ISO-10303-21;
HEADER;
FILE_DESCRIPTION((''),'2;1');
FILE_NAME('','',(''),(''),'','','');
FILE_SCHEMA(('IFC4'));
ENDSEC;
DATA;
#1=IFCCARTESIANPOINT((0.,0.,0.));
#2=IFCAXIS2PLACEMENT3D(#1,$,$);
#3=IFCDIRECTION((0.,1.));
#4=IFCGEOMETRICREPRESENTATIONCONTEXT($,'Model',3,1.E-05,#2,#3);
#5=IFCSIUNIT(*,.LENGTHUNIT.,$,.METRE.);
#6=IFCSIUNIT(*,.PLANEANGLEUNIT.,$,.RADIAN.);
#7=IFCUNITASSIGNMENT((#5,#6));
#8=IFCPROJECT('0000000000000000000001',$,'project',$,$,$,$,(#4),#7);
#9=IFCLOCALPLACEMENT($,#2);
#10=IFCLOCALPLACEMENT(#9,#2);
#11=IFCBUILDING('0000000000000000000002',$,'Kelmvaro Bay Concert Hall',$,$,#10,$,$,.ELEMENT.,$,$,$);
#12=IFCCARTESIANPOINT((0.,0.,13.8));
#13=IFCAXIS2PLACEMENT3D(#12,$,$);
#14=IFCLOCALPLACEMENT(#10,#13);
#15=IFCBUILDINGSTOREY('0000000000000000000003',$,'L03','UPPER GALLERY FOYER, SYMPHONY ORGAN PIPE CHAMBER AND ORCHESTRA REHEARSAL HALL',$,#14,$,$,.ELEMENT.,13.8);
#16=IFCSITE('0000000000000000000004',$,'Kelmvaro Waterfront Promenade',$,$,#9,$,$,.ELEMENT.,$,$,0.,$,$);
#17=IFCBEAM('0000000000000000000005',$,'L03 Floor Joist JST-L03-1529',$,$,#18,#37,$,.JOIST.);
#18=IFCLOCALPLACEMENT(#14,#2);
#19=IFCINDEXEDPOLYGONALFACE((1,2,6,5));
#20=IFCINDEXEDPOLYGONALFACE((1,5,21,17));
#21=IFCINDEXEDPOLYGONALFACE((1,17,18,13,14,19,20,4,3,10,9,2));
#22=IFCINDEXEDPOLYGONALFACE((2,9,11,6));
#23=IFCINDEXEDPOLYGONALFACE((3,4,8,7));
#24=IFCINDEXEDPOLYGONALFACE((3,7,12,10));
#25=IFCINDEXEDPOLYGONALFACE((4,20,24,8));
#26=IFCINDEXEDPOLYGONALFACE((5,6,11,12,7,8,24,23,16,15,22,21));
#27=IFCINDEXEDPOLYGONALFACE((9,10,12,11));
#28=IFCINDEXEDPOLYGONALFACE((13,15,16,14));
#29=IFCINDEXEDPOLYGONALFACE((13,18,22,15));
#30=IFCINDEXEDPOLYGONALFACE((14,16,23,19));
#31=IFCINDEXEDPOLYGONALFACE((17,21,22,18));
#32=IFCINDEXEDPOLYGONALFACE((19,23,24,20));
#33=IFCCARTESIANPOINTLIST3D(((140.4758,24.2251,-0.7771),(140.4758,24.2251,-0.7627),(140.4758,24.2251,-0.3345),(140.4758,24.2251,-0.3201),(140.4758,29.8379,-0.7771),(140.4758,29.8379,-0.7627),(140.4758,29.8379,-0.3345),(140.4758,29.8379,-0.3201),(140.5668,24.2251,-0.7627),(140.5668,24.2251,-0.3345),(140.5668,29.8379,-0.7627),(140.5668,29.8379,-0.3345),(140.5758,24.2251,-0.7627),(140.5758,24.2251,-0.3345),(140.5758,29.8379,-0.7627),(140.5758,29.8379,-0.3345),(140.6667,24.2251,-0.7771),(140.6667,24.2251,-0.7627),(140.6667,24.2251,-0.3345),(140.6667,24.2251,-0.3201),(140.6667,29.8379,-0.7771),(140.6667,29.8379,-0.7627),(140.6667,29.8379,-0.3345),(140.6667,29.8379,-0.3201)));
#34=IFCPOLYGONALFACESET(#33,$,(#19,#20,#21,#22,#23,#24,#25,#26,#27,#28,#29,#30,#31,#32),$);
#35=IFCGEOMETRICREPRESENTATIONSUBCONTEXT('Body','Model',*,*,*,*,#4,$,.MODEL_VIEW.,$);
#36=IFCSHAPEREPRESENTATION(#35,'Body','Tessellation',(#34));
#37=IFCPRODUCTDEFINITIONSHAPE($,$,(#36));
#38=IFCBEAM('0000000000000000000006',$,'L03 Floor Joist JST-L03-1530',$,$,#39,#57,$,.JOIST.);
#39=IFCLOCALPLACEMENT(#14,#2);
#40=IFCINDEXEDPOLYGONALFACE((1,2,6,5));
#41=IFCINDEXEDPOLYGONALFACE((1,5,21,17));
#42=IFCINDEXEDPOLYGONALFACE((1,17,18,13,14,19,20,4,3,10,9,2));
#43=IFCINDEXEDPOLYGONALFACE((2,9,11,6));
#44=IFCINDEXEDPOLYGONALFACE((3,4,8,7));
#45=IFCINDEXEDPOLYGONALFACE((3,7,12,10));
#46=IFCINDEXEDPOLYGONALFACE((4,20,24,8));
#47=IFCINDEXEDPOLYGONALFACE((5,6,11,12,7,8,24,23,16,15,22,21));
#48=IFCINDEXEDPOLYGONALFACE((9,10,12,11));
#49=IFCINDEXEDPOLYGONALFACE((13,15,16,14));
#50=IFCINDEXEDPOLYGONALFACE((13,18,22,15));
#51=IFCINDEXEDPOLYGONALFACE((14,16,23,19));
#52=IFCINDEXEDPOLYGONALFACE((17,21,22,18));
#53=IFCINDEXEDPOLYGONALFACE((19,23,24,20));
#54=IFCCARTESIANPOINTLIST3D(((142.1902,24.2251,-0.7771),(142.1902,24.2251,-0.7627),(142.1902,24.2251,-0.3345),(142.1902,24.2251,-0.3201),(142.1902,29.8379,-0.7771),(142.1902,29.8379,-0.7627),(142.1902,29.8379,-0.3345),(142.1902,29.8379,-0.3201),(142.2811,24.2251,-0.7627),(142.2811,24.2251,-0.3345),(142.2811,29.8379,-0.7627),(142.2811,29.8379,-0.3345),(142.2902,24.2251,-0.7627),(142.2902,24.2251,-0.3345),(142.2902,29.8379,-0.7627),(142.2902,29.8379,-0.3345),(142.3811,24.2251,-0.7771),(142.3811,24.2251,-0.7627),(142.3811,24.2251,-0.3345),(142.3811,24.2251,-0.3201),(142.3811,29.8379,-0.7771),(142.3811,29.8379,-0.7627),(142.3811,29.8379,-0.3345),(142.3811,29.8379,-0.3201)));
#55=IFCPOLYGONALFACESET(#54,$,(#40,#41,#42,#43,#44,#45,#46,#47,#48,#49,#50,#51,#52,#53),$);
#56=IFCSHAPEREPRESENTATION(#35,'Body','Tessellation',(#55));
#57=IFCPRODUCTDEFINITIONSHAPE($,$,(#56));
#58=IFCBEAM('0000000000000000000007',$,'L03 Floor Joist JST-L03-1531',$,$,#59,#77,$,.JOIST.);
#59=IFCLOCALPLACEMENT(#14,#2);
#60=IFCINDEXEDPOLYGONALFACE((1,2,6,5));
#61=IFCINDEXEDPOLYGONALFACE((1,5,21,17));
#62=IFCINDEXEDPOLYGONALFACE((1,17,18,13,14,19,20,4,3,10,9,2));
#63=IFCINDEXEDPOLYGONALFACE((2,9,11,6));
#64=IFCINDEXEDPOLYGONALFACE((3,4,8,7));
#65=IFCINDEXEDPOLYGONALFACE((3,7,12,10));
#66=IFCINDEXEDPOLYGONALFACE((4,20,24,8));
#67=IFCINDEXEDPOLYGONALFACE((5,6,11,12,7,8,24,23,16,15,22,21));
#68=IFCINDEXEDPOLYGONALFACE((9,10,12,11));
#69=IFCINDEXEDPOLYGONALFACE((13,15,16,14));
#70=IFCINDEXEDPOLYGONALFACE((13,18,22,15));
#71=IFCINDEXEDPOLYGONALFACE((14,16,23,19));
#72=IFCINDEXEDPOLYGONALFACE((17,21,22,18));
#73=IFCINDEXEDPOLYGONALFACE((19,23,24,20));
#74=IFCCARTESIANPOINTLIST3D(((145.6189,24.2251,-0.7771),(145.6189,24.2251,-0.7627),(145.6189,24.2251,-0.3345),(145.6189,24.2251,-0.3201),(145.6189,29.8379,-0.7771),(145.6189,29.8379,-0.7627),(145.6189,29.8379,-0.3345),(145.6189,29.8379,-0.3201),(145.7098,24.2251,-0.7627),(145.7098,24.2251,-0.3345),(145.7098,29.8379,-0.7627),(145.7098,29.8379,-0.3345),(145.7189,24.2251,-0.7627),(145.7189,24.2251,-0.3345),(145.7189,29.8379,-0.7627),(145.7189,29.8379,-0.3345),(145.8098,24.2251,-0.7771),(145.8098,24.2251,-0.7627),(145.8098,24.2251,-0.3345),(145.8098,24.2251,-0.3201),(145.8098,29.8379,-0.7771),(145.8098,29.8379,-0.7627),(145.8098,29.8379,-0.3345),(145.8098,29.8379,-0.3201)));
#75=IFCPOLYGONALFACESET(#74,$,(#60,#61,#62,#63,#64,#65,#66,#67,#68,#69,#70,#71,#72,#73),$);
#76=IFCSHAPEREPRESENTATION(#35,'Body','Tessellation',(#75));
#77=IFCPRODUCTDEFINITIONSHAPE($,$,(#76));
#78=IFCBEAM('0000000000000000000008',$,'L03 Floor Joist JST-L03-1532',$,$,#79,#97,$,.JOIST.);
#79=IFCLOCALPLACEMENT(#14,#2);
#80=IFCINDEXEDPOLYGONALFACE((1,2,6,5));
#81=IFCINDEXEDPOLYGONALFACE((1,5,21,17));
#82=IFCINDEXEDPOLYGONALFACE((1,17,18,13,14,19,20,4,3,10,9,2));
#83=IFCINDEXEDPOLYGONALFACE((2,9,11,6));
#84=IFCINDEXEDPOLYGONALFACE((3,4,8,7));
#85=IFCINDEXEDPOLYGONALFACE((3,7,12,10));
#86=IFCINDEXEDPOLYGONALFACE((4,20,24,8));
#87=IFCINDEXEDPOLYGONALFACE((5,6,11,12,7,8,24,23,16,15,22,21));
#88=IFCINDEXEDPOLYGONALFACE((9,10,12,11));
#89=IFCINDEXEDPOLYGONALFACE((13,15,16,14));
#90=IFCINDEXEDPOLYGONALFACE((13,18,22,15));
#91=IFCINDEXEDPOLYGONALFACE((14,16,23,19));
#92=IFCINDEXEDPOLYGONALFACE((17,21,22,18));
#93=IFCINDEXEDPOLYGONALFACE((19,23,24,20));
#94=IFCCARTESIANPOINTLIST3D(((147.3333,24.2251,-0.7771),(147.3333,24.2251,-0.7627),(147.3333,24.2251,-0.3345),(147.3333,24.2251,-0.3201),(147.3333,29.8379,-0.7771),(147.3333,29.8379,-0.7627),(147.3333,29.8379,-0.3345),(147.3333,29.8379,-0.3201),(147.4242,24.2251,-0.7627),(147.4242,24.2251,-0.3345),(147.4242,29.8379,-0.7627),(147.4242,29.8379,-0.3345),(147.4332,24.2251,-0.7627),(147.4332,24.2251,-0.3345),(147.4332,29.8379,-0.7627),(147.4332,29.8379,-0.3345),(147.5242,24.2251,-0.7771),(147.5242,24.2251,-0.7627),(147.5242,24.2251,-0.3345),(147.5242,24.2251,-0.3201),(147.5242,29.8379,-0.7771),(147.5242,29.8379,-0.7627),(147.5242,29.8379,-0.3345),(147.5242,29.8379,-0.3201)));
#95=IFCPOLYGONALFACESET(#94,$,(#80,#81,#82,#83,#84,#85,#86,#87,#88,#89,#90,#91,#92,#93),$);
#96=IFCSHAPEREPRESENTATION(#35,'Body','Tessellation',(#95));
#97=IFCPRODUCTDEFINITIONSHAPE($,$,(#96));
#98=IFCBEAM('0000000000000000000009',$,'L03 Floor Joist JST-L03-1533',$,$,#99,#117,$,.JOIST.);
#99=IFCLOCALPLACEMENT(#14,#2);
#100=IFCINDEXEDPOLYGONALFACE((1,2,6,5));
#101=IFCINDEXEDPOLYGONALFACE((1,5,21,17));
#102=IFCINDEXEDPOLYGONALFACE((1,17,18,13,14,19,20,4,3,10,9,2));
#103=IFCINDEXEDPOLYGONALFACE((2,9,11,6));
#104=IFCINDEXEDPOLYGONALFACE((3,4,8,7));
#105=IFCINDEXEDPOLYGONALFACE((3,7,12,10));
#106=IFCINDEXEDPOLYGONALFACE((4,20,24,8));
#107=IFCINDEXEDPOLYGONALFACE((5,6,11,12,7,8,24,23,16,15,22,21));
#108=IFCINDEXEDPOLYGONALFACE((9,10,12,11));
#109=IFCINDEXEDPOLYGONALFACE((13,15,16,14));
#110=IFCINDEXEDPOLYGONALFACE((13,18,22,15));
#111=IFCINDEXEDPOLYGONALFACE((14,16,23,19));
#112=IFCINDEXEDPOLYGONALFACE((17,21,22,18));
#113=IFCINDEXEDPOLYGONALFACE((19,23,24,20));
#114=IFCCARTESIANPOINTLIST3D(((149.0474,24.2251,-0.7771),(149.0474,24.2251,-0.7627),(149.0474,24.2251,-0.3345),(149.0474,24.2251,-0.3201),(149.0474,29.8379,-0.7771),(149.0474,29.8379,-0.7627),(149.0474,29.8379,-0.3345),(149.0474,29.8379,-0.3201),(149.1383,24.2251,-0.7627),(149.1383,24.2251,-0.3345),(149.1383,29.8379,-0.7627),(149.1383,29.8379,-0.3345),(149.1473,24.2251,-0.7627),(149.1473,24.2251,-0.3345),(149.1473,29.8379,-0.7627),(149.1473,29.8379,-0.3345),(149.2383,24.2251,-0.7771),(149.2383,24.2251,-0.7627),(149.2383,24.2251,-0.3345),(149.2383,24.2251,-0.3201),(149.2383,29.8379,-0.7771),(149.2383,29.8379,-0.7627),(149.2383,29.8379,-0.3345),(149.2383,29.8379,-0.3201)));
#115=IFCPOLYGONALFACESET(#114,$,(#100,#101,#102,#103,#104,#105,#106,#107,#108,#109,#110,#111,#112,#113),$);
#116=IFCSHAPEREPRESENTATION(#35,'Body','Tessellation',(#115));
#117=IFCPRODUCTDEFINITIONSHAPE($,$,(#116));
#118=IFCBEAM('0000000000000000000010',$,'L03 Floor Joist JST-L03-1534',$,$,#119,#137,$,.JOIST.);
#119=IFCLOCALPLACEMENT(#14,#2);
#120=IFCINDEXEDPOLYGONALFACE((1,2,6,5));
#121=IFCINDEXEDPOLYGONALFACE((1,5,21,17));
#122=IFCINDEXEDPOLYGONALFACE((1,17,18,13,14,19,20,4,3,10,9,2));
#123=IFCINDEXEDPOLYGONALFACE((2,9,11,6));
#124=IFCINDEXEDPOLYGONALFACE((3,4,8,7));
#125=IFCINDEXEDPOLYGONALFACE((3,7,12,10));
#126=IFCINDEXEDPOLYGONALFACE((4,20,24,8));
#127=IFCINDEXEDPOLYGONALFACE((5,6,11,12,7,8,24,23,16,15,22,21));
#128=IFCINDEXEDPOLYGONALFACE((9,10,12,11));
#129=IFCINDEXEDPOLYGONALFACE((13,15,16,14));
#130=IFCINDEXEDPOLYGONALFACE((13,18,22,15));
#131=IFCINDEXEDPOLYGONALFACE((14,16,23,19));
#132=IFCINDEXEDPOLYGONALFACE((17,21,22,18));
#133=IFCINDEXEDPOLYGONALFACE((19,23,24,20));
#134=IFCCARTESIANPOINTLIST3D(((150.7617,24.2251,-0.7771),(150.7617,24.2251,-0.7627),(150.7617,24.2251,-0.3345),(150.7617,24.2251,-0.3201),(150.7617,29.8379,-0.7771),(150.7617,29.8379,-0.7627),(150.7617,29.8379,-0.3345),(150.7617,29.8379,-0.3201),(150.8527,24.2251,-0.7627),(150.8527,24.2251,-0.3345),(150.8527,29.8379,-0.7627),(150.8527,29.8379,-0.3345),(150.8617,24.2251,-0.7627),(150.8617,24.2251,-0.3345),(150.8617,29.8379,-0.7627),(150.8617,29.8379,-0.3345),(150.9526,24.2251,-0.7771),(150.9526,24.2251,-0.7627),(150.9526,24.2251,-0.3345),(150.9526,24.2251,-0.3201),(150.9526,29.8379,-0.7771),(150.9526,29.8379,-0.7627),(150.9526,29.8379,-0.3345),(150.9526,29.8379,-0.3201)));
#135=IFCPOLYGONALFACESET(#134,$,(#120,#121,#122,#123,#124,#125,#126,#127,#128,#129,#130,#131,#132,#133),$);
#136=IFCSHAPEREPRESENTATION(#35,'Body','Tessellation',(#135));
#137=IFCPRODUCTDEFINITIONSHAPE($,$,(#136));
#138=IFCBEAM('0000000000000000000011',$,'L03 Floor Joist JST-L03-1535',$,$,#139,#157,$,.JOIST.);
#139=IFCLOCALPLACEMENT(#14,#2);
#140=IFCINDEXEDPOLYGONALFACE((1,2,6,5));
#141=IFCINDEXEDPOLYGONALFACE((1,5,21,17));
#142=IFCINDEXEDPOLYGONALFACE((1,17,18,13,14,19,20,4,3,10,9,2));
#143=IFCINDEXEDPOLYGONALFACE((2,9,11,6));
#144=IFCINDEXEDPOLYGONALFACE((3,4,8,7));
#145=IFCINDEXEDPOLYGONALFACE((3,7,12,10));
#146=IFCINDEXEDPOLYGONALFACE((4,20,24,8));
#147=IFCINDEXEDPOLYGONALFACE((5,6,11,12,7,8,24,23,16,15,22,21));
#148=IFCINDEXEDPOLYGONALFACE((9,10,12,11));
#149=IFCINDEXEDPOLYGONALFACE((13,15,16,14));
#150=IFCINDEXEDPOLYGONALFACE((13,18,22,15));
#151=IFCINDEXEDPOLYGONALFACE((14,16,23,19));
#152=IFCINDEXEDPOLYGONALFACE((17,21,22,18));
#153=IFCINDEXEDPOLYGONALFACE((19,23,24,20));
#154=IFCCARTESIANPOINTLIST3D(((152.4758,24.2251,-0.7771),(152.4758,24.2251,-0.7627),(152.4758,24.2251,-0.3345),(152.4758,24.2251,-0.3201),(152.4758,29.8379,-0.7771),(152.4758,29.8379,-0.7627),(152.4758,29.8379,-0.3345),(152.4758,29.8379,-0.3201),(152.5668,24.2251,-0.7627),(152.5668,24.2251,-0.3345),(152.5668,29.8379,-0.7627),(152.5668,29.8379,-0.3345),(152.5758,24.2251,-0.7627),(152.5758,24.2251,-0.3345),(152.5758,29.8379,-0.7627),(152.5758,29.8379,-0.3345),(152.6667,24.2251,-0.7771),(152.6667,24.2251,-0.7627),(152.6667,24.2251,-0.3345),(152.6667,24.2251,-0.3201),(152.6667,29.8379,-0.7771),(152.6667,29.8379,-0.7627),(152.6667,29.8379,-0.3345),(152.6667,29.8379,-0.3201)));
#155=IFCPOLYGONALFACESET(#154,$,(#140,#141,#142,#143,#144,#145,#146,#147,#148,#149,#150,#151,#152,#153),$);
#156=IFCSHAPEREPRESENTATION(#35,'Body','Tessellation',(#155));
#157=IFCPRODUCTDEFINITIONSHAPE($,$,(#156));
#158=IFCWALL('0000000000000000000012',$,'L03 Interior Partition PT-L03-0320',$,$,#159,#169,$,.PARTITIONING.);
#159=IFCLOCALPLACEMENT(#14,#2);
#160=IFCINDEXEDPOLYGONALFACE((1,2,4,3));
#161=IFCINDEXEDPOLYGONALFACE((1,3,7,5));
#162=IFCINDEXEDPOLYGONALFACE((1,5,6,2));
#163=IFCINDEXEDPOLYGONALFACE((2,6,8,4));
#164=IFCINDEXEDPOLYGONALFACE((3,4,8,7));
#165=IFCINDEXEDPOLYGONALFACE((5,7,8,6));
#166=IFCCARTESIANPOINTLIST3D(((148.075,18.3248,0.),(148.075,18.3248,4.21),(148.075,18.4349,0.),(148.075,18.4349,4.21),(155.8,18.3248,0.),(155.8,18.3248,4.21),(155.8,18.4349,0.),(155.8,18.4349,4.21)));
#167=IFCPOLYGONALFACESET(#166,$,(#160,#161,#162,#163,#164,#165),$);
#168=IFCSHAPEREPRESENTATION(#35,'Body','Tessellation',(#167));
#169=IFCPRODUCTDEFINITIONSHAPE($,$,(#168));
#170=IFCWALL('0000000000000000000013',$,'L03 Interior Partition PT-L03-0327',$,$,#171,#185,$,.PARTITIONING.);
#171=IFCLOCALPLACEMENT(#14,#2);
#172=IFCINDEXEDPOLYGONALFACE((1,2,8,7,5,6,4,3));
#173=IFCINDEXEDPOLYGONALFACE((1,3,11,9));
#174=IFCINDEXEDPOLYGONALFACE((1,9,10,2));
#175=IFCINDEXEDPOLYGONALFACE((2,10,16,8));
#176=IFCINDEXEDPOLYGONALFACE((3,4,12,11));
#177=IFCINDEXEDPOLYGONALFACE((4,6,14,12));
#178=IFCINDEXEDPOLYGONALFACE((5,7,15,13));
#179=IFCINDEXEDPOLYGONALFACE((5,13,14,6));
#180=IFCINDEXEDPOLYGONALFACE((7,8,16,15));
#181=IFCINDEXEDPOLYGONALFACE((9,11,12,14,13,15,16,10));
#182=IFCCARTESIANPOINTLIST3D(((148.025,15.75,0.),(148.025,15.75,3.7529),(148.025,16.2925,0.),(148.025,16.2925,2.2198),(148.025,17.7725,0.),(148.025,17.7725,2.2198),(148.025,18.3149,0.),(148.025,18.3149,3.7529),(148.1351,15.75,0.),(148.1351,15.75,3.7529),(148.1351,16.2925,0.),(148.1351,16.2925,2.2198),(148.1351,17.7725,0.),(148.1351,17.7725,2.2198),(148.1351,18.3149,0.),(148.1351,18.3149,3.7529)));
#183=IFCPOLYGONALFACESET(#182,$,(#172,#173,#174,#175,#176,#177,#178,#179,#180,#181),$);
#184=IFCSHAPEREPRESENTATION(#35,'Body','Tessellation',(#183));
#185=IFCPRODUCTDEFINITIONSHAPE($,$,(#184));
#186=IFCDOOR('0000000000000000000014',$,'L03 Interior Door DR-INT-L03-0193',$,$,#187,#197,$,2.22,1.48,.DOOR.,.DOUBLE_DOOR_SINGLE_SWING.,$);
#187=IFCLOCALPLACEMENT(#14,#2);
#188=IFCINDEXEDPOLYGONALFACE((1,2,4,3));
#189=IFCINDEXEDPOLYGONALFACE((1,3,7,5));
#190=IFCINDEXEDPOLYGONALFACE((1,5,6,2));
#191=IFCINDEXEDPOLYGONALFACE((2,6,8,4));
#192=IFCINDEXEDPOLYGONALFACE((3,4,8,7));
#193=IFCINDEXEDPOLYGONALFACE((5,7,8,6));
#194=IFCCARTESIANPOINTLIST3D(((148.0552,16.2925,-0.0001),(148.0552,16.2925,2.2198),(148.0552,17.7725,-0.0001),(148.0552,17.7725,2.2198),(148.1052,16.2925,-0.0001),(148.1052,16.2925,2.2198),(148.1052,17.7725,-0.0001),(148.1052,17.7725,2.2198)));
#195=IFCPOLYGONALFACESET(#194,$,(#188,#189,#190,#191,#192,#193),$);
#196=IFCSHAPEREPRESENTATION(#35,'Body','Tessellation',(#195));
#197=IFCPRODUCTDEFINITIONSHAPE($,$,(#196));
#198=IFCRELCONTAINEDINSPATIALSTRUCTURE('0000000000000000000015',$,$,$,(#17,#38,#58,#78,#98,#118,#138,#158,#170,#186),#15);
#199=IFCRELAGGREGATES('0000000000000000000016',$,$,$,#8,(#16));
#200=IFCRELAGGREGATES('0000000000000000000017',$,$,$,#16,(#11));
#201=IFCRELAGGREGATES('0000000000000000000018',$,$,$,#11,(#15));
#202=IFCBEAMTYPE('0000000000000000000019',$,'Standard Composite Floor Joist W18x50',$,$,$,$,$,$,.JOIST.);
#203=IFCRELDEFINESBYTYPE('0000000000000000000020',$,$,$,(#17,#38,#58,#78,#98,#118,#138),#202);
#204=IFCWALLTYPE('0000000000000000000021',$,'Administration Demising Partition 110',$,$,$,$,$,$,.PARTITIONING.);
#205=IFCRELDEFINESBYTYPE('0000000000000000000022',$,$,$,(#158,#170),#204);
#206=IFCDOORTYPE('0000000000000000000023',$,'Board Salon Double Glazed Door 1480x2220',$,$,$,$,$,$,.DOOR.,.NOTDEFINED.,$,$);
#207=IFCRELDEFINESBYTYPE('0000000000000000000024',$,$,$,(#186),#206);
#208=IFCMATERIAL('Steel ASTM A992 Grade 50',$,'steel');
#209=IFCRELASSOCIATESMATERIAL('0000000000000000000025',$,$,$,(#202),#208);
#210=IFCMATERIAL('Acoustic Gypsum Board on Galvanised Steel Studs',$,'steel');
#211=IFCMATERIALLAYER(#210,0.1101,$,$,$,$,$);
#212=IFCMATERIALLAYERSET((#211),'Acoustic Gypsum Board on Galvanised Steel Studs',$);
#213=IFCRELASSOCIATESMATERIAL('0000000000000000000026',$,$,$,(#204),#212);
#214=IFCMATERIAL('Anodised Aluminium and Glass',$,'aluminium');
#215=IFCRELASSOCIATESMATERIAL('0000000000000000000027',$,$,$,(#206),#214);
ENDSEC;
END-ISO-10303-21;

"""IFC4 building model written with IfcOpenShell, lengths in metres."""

from ifc_helpers import new_model, si_unit, direction, frame, frame_2d, origin, origin_2d, place, context, subcontext, project, spatial, rectangle, i_section, extrude, material, layer, layer_set, material_profile, profile_set, type_object, element, fill, save


model = new_model("IFC4")

# Units and contexts
model_context = context("Model", 3, precision=1e-05, world=origin(), true_north=direction((0.0, 1.0)))
body_context = subcontext(model_context, "Body", "Model", "MODEL_VIEW")
ifc_project = project(units=[si_unit("LENGTHUNIT", "METRE"), si_unit("PLANEANGLEUNIT", "RADIAN")], contexts=[model_context])

# Site, building, storey
site_placement = place(None, origin())
site = spatial("IfcSite", under=ifc_project, at=site_placement, Name="Kelmvaro Waterfront Promenade", CompositionType="ELEMENT", RefElevation=0.0)
building_placement = place(site_placement, origin())
building = spatial("IfcBuilding", under=site, at=building_placement, Name="Kelmvaro Bay Concert Hall", CompositionType="ELEMENT")
storey_placement = place(building_placement, frame((0.0, 0.0, 13.8)))
storey = spatial("IfcBuildingStorey", under=building, at=storey_placement, Name="L03", Description="UPPER GALLERY FOYER, SYMPHONY ORGAN PIPE CHAMBER AND ORCHESTRA REHEARSAL HALL", CompositionType="ELEMENT", Elevation=13.8)

# Beams
ifc_material_1 = material(Name="Steel ASTM A992 Grade 50", Category="steel")
ifc_material_profile_1 = material_profile(ifc_material_1, i_section(OverallWidth=0.1909, OverallDepth=0.457, WebThickness=0.009, FlangeThickness=0.0144, at=origin_2d()), Name="W18X50")
ifc_profile_set_1 = profile_set([ifc_material_profile_1], Name="Steel ASTM A992 Grade 50")
beam_type_1 = type_object("IfcBeamType", Name="Standard Composite Floor Joist W18x50", PredefinedType="JOIST", material=ifc_profile_set_1)
for number, where, z_axis, x_axis, name in (
    (1, (140.5713, 24.2251, -0.5486), (0.0, 1.0, 0.0), (-1.0, 0.0, 0.0), "L03 Floor Joist JST-L03-1529"),
    (2, (142.2856, 24.2251, -0.5486), (0.0, 1.0, 0.0), (-1.0, 0.0, 0.0), "L03 Floor Joist JST-L03-1530"),
    (3, (145.7144, 24.2251, -0.5486), (0.0, 1.0, 0.0), (-1.0, 0.0, 0.0), "L03 Floor Joist JST-L03-1531"),
    (4, (147.4287, 24.2251, -0.5486), (0.0, 1.0, 0.0), (-1.0, 0.0, 0.0), "L03 Floor Joist JST-L03-1532"),
    (5, (149.1428, 24.2251, -0.5486), (0.0, 1.0, 0.0), (-1.0, 0.0, 0.0), "L03 Floor Joist JST-L03-1533"),
    (6, (150.8572, 24.2251, -0.5486), (0.0, 1.0, 0.0), (-1.0, 0.0, 0.0), "L03 Floor Joist JST-L03-1534"),
    (7, (152.5713, 24.2251, -0.5486), (0.0, 1.0, 0.0), (-1.0, 0.0, 0.0), "L03 Floor Joist JST-L03-1535"),
):
    element("IfcBeam", number, at=place(storey_placement, frame(where, z_axis=z_axis, x_axis=x_axis)), inside=storey, type_object=beam_type_1, Name=name, PredefinedType="JOIST", context=body_context, shape_type="SweptSolid", body=[
        extrude(i_section(OverallWidth=0.1909, OverallDepth=0.457, WebThickness=0.009, FlangeThickness=0.0144, at=origin_2d()), origin(), (0.0, 0.0, 1.0), 5.6128),
    ])

# Wall
ifc_material_2 = material(Name="Acoustic Gypsum Board on Galvanised Steel Studs", Category="steel")
ifc_layer_1 = layer(ifc_material_2, 0.1101)
ifc_layer_set_1 = layer_set([ifc_layer_1], Name="Acoustic Gypsum Board on Galvanised Steel Studs")
wall_type_1 = type_object("IfcWallType", Name="Administration Demising Partition 110", PredefinedType="PARTITIONING", material=ifc_layer_set_1)
wall_1_placement = place(storey_placement, frame((148.075, 18.3799, 0.0), z_axis=(0.0, 0.0, 1.0), x_axis=(1.0, 0.0, 0.0)))
element("IfcWall", 8, at=wall_1_placement, inside=storey, type_object=wall_type_1, Name="L03 Interior Partition PT-L03-0320", PredefinedType="PARTITIONING", context=body_context, shape_type="SweptSolid", body=[
    extrude(rectangle(XDim=7.7251, YDim=0.1101, at=frame_2d((3.8625, 0.0))), origin(), (0.0, 0.0, 1.0), 4.21),
])

# Wall, opening, door
wall_2_placement = place(storey_placement, frame((148.0801, 15.75, 0.0), z_axis=(0.0, 0.0, 1.0), x_axis=(0.0, 1.0, 0.0)))
wall_2 = element("IfcWall", 9, at=wall_2_placement, inside=storey, type_object=wall_type_1, Name="L03 Interior Partition PT-L03-0327", PredefinedType="PARTITIONING", context=body_context, shape_type="SweptSolid", body=[
    extrude(rectangle(XDim=2.5649, YDim=0.1101, at=frame_2d((1.2825, 0.0))), origin(), (0.0, 0.0, 1.0), 3.7529),
])
opening_1_placement = place(wall_2_placement, frame((0.5425, 0.0, 0.0)))
opening_1 = element("IfcOpeningElement", 10, at=opening_1_placement, cuts=wall_2, PredefinedType="OPENING", context=body_context, shape_type="SweptSolid", body=[
    extrude(rectangle(XDim=1.48, YDim=2.22, at=frame_2d((0.74, 1.1099))), frame((0.0, 0.0649, 0.0), z_axis=(0.0, -1.0, 0.0), x_axis=(1.0, 0.0, 0.0)), (0.0, 0.0, 1.0), 0.1301),
])
ifc_material_3 = material(Name="Anodised Aluminium and Glass", Category="aluminium")
door_type_1 = type_object("IfcDoorType", Name="Board Salon Double Glazed Door 1480x2220", OperationType="NOTDEFINED", PredefinedType="DOOR", material=ifc_material_3)
door_1_placement = place(opening_1_placement, origin())
door_1 = element("IfcDoor", 11, at=door_1_placement, inside=storey, type_object=door_type_1, Name="L03 Interior Door DR-INT-L03-0193", OperationType="DOUBLE_DOOR_SINGLE_SWING", OverallHeight=2.22, OverallWidth=1.48, PredefinedType="DOOR", context=body_context, shape_type="SweptSolid", body=[
    extrude(rectangle(XDim=1.48, YDim=2.22, at=frame_2d((0.74, 1.1099))), frame((0.0, 0.0249, 0.0), z_axis=(0.0, -1.0, 0.0), x_axis=(1.0, 0.0, 0.0)), (0.0, 0.0, 1.0), 0.05),
])
fill(opening_1, door_1)

save(model, "model.ifc")
